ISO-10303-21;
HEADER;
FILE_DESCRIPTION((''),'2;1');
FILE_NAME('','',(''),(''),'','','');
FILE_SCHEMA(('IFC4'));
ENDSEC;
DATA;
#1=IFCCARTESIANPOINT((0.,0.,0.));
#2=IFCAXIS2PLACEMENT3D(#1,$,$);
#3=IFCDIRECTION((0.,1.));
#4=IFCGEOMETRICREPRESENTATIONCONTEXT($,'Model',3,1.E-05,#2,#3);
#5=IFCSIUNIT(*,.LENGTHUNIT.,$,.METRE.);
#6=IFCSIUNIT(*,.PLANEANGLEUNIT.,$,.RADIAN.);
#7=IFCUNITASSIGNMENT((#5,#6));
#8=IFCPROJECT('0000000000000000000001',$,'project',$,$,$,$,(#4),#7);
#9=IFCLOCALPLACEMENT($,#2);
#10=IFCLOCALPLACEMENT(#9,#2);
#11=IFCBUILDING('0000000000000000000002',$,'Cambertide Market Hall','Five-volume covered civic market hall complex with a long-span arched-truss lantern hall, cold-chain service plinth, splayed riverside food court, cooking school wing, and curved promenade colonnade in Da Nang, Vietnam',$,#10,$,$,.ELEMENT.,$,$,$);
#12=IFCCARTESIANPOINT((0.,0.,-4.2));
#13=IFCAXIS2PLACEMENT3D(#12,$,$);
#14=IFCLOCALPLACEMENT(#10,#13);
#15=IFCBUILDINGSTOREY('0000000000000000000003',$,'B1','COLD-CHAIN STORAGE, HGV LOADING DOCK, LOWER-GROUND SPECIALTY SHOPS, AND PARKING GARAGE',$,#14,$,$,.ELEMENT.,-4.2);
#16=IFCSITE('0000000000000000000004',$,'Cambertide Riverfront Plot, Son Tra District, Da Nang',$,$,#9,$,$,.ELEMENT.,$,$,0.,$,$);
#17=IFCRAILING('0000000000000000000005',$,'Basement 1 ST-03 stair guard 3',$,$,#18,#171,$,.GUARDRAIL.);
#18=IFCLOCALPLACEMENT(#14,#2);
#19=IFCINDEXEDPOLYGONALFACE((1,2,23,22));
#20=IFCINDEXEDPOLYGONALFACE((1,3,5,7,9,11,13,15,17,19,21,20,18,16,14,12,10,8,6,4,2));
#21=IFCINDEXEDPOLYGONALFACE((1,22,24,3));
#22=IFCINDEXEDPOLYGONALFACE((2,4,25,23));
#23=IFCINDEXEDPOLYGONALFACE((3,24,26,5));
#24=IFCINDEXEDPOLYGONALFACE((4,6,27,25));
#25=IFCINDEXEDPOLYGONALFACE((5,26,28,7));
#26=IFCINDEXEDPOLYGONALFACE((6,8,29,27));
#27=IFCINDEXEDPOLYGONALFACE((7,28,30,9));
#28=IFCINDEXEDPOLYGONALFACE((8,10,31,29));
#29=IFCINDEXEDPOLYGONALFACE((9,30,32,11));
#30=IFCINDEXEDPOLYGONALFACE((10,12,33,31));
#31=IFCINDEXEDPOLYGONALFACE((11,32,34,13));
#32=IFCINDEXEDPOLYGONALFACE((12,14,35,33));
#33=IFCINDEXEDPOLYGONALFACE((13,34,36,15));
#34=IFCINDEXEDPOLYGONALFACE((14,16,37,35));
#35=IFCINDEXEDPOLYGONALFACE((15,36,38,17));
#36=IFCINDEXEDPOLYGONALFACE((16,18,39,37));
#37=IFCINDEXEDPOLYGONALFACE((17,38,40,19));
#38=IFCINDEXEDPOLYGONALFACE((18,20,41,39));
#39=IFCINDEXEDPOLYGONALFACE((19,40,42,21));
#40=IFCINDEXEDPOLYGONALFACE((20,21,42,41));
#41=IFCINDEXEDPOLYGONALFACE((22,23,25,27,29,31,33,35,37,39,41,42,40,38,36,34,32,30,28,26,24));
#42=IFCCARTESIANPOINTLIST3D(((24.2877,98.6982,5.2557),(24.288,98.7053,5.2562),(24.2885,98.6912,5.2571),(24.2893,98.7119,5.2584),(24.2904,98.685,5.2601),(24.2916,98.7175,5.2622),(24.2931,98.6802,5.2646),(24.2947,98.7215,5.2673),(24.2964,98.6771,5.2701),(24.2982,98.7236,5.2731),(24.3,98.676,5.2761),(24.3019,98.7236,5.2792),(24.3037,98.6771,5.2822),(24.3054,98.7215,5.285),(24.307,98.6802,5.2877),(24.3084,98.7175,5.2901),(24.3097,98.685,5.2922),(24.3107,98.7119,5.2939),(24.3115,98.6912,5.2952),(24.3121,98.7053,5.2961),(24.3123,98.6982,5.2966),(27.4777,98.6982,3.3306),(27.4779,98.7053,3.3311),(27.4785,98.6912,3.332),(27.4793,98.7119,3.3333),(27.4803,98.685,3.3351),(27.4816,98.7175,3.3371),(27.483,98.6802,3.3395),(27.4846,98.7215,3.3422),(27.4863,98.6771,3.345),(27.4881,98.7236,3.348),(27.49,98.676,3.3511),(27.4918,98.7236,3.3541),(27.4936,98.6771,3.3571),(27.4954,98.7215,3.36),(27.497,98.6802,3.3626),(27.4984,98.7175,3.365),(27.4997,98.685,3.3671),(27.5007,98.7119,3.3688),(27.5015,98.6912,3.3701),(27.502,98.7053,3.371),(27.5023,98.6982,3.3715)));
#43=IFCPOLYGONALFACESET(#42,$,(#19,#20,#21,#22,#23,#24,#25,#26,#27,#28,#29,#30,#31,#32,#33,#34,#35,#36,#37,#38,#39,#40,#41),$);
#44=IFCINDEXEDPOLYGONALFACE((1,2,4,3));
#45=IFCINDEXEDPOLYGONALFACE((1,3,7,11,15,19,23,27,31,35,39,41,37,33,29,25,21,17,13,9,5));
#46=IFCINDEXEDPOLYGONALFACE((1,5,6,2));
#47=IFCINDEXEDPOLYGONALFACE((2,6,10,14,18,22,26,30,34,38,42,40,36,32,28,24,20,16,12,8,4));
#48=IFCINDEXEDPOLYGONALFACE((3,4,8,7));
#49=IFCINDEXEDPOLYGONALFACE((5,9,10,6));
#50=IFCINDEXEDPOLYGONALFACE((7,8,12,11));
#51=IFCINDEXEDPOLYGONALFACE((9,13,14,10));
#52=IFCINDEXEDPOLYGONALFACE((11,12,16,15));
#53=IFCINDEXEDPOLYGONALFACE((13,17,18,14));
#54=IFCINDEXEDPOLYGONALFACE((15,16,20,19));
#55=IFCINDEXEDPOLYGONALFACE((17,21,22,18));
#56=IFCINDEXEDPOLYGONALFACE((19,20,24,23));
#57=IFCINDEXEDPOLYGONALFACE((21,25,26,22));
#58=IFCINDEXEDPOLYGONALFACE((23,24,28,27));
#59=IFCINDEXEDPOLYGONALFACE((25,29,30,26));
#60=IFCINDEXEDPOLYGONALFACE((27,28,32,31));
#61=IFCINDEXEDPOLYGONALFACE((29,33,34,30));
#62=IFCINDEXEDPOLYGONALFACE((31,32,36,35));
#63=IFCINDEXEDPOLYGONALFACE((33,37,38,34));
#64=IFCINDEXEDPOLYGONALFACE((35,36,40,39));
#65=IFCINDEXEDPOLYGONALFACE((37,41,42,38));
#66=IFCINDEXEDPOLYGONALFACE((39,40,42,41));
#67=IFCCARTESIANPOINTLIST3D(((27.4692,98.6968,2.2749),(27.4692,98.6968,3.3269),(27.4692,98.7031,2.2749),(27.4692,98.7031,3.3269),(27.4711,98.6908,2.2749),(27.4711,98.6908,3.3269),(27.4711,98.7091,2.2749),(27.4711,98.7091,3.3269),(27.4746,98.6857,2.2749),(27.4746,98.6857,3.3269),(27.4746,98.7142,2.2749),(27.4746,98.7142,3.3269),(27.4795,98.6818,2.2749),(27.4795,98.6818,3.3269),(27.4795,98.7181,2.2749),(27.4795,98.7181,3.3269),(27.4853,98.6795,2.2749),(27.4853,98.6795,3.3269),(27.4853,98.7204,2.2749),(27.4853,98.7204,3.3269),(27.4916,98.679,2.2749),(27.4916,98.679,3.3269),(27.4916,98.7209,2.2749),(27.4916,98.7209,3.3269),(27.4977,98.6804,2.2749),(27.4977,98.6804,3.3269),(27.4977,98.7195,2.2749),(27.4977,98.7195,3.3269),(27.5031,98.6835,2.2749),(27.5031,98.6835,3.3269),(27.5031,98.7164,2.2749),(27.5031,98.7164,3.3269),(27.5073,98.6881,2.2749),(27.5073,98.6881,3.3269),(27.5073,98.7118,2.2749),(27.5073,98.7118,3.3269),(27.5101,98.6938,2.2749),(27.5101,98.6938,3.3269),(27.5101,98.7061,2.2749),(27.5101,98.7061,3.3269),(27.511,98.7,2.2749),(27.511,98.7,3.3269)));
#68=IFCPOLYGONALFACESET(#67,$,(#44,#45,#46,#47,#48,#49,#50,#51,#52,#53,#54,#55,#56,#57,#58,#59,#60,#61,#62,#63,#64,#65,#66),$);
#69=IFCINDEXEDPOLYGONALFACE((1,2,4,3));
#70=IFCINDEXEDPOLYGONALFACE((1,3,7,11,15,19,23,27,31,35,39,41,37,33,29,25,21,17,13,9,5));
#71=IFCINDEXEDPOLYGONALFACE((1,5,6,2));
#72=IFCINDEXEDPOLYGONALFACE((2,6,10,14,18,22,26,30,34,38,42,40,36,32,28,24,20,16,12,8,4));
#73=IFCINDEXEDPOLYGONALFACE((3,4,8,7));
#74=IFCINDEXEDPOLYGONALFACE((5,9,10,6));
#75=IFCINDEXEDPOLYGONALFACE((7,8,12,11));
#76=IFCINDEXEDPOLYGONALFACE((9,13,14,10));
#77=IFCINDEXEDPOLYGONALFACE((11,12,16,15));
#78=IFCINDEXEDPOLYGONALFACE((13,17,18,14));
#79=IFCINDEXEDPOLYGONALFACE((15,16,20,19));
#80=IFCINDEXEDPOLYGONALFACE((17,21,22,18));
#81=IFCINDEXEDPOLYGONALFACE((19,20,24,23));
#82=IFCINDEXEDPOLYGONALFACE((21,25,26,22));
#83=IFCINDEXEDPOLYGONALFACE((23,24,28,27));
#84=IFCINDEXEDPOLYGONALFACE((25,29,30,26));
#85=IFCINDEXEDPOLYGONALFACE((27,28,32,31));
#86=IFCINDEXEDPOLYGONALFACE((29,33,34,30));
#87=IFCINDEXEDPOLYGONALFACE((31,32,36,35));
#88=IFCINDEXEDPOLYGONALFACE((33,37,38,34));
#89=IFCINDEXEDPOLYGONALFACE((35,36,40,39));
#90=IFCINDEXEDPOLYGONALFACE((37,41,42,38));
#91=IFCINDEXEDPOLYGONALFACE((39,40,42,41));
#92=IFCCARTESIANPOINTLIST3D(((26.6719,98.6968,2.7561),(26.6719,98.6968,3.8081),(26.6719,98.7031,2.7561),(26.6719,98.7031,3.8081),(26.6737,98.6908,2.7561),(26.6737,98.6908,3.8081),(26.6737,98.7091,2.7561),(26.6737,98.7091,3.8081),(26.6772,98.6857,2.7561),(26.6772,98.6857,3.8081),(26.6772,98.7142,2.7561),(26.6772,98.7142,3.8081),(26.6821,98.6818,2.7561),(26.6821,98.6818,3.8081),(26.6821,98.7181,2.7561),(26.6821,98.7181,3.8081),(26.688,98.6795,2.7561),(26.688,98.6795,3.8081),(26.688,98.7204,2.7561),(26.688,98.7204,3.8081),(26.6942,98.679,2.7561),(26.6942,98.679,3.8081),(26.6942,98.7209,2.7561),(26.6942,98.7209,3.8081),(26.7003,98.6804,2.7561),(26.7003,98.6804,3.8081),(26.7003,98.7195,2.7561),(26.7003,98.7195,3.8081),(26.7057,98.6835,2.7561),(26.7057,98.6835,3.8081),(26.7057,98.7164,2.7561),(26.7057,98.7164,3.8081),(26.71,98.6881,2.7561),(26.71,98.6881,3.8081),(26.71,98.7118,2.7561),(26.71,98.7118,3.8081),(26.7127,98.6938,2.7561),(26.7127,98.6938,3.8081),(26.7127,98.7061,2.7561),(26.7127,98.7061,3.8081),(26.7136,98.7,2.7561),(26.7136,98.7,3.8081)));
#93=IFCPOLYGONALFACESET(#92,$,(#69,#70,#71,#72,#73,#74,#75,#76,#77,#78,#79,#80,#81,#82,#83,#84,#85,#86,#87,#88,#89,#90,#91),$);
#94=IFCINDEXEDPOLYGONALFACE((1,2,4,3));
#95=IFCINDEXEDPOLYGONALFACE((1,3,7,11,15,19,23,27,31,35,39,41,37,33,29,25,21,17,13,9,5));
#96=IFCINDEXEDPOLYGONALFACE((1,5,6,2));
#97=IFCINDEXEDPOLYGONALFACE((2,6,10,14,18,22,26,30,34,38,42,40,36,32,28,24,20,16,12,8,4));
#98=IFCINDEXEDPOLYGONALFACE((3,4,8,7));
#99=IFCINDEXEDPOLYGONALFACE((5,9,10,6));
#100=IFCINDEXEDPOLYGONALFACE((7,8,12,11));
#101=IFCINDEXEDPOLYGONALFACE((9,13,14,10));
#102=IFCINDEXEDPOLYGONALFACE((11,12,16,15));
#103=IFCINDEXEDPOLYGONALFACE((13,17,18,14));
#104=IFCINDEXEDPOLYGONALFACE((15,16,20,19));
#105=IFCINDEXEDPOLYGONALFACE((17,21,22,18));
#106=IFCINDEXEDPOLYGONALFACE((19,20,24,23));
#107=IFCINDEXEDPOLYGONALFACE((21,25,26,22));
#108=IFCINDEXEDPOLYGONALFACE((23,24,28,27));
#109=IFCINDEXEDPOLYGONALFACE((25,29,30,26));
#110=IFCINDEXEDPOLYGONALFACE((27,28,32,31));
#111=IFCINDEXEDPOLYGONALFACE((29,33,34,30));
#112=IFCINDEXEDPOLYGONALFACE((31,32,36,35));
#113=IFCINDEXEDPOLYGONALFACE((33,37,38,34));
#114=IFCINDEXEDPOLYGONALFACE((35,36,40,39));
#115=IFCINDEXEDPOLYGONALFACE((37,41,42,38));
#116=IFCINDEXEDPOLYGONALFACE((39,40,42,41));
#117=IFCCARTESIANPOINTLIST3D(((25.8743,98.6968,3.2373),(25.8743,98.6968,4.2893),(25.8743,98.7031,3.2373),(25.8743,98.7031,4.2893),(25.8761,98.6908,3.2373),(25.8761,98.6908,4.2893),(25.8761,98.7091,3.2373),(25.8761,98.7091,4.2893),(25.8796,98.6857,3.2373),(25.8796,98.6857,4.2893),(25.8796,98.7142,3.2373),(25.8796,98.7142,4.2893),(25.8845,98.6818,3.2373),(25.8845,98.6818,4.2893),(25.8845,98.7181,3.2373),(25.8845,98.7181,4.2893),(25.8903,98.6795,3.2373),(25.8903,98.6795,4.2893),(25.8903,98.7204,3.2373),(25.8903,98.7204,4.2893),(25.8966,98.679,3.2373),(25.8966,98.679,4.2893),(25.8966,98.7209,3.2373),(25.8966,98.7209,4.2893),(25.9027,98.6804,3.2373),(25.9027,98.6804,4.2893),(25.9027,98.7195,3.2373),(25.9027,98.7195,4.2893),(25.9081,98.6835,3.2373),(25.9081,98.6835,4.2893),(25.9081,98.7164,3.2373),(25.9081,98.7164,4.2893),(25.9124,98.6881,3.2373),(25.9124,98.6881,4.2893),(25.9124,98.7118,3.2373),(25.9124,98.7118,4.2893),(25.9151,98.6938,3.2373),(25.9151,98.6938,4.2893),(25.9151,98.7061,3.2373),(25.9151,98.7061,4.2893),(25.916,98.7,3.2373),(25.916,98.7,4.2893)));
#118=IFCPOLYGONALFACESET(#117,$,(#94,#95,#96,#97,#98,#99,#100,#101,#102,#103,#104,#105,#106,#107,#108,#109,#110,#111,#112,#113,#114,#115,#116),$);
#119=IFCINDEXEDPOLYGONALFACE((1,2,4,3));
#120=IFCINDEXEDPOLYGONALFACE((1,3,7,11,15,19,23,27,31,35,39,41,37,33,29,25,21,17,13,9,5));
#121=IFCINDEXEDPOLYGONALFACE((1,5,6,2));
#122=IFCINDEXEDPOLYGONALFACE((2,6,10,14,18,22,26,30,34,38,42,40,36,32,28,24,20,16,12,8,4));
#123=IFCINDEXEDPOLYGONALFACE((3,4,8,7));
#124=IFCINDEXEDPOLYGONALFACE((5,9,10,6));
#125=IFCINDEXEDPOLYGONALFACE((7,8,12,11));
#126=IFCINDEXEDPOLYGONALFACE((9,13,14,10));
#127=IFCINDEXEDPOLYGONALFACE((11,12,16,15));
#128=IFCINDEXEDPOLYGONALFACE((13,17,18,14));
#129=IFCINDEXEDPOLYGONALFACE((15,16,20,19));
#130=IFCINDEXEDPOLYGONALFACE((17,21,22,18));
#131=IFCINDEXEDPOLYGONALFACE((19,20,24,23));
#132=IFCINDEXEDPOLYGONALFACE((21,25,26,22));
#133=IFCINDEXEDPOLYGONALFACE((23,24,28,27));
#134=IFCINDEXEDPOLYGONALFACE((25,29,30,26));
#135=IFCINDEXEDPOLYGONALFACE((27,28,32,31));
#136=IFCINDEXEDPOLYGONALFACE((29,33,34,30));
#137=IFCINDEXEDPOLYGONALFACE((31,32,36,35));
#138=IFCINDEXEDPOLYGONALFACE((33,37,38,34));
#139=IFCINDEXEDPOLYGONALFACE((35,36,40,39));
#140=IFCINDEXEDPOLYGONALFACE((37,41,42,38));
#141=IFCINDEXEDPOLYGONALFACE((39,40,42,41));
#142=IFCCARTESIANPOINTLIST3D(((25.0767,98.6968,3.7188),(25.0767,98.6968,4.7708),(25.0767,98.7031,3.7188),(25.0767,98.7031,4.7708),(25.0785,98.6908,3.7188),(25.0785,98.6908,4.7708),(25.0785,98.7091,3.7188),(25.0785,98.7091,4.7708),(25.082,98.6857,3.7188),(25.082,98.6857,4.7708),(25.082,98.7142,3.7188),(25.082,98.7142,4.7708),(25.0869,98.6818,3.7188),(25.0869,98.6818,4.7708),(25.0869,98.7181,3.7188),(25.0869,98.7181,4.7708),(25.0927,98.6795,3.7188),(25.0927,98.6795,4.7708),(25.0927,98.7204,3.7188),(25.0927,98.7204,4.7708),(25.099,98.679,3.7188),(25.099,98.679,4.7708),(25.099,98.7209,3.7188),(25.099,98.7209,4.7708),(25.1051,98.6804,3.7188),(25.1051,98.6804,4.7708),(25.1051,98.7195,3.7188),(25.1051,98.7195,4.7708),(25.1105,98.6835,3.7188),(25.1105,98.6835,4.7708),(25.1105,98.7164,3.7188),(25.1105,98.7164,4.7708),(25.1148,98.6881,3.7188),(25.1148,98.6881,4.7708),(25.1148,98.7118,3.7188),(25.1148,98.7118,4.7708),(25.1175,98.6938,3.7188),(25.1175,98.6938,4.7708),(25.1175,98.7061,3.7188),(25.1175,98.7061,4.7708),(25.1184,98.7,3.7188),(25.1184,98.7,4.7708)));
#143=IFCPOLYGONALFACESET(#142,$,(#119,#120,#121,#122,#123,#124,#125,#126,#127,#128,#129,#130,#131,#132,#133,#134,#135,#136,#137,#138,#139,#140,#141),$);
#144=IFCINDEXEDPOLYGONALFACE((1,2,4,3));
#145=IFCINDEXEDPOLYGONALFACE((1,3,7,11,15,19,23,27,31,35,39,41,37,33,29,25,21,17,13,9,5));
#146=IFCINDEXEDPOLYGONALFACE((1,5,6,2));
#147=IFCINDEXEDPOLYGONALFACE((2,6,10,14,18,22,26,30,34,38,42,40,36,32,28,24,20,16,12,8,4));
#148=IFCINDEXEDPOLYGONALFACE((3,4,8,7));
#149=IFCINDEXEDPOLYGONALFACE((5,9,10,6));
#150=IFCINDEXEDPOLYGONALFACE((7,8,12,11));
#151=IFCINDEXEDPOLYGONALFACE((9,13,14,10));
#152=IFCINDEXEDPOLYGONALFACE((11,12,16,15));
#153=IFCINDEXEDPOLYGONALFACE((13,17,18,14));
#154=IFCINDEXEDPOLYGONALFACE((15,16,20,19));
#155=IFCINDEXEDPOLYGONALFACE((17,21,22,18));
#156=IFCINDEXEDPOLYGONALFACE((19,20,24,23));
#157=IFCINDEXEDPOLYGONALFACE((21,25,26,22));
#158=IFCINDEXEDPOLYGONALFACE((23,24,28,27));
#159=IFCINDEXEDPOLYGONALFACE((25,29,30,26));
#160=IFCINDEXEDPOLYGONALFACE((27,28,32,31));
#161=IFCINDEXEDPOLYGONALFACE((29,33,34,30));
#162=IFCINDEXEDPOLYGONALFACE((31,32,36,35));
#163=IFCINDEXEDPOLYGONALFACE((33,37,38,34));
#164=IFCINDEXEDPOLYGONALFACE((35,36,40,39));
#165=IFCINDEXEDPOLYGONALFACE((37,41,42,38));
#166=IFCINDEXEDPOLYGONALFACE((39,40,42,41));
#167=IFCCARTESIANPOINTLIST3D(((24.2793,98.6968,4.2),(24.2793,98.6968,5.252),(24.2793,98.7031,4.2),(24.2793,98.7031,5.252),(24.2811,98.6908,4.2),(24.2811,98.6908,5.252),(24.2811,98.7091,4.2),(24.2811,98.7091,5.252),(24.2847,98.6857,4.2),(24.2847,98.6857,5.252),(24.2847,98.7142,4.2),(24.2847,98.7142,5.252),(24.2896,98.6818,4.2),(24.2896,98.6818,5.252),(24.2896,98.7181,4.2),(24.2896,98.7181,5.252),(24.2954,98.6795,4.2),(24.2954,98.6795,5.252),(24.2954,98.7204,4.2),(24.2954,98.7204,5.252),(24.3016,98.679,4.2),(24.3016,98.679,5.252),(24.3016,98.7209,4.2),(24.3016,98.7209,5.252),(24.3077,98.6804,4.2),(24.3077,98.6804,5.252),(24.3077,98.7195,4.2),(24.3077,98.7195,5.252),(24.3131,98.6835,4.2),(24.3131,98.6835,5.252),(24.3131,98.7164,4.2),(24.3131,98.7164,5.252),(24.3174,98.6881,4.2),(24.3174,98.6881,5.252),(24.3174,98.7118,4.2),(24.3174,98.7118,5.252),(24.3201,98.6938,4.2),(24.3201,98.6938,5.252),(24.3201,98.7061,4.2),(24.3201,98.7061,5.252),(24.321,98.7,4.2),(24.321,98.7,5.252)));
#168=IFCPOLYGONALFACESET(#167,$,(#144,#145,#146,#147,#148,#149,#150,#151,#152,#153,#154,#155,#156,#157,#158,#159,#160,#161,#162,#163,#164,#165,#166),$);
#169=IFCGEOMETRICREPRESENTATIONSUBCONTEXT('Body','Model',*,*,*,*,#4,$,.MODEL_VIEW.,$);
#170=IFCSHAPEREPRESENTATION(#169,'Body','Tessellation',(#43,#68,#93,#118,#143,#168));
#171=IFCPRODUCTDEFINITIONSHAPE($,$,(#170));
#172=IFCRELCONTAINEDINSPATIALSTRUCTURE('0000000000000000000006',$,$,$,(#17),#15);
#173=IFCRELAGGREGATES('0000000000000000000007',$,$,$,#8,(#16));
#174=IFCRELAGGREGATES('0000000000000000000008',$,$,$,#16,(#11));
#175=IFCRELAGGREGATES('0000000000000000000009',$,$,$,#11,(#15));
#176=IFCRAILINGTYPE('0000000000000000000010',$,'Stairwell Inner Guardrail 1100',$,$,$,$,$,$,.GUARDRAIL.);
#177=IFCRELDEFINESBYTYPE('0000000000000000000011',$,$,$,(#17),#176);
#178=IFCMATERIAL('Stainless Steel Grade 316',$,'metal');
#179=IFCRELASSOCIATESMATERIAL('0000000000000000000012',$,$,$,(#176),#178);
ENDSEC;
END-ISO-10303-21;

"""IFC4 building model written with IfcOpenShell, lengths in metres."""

from ifc_helpers import new_model, si_unit, direction, frame, origin, origin_2d, place, context, subcontext, project, spatial, circle, extrude, material, type_object, element, save


model = new_model("IFC4")

# Units and contexts
model_context = context("Model", 3, precision=1e-05, world=origin(), true_north=direction((0.0, 1.0)))
body_context = subcontext(model_context, "Body", "Model", "MODEL_VIEW")
ifc_project = project(units=[si_unit("LENGTHUNIT", "METRE"), si_unit("PLANEANGLEUNIT", "RADIAN")], contexts=[model_context])

# Site, building, storey
site_placement = place(None, origin())
site = spatial("IfcSite", under=ifc_project, at=site_placement, Name="Cambertide Riverfront Plot, Son Tra District, Da Nang", CompositionType="ELEMENT", RefElevation=0.0)
building_placement = place(site_placement, origin())
building = spatial("IfcBuilding", under=site, at=building_placement, Name="Cambertide Market Hall", Description="Five-volume covered civic market hall complex with a long-span arched-truss lantern hall, cold-chain service plinth, splayed riverside food court, cooking school wing, and curved promenade colonnade in Da Nang, Vietnam", CompositionType="ELEMENT")
storey_placement = place(building_placement, frame((0.0, 0.0, -4.2)))
storey = spatial("IfcBuildingStorey", under=building, at=storey_placement, Name="B1", Description="COLD-CHAIN STORAGE, HGV LOADING DOCK, LOWER-GROUND SPECIALTY SHOPS, AND PARKING GARAGE", CompositionType="ELEMENT", Elevation=-4.2)

# Railing
ifc_material_1 = material(Name="Stainless Steel Grade 316", Category="metal")
railing_type_1 = type_object("IfcRailingType", Name="Stairwell Inner Guardrail 1100", PredefinedType="GUARDRAIL", material=ifc_material_1)
railing_1_placement = place(storey_placement, frame((27.49, 98.7, 2.2749)))
element("IfcRailing", 1, at=railing_1_placement, inside=storey, type_object=railing_type_1, Name="Basement 1 ST-03 stair guard 3", PredefinedType="GUARDRAIL", context=body_context, shape_type="SweptSolid", body=[
    extrude(circle(Radius=0.0239, at=origin_2d()), frame((0.0, 0.0, 1.0762), z_axis=(-0.856178, 0.0, 0.516682), x_axis=(0.0, -1.0, 0.0)), (0.0, 0.0, 1.0), 3.7258),
    extrude(circle(Radius=0.021, at=origin_2d()), origin(), (0.0, 0.0, 1.0), 1.052),
    extrude(circle(Radius=0.021, at=origin_2d()), frame((-0.7974, 0.0, 0.4812)), (0.0, 0.0, 1.0), 1.052),
    extrude(circle(Radius=0.021, at=origin_2d()), frame((-1.595, 0.0, 0.9624)), (0.0, 0.0, 1.0), 1.052),
    extrude(circle(Radius=0.021, at=origin_2d()), frame((-2.3926, 0.0, 1.4438)), (0.0, 0.0, 1.0), 1.052),
    extrude(circle(Radius=0.021, at=origin_2d()), frame((-3.1899, 0.0, 1.925)), (0.0, 0.0, 1.0), 1.052),
])

save(model, "model.ifc")
